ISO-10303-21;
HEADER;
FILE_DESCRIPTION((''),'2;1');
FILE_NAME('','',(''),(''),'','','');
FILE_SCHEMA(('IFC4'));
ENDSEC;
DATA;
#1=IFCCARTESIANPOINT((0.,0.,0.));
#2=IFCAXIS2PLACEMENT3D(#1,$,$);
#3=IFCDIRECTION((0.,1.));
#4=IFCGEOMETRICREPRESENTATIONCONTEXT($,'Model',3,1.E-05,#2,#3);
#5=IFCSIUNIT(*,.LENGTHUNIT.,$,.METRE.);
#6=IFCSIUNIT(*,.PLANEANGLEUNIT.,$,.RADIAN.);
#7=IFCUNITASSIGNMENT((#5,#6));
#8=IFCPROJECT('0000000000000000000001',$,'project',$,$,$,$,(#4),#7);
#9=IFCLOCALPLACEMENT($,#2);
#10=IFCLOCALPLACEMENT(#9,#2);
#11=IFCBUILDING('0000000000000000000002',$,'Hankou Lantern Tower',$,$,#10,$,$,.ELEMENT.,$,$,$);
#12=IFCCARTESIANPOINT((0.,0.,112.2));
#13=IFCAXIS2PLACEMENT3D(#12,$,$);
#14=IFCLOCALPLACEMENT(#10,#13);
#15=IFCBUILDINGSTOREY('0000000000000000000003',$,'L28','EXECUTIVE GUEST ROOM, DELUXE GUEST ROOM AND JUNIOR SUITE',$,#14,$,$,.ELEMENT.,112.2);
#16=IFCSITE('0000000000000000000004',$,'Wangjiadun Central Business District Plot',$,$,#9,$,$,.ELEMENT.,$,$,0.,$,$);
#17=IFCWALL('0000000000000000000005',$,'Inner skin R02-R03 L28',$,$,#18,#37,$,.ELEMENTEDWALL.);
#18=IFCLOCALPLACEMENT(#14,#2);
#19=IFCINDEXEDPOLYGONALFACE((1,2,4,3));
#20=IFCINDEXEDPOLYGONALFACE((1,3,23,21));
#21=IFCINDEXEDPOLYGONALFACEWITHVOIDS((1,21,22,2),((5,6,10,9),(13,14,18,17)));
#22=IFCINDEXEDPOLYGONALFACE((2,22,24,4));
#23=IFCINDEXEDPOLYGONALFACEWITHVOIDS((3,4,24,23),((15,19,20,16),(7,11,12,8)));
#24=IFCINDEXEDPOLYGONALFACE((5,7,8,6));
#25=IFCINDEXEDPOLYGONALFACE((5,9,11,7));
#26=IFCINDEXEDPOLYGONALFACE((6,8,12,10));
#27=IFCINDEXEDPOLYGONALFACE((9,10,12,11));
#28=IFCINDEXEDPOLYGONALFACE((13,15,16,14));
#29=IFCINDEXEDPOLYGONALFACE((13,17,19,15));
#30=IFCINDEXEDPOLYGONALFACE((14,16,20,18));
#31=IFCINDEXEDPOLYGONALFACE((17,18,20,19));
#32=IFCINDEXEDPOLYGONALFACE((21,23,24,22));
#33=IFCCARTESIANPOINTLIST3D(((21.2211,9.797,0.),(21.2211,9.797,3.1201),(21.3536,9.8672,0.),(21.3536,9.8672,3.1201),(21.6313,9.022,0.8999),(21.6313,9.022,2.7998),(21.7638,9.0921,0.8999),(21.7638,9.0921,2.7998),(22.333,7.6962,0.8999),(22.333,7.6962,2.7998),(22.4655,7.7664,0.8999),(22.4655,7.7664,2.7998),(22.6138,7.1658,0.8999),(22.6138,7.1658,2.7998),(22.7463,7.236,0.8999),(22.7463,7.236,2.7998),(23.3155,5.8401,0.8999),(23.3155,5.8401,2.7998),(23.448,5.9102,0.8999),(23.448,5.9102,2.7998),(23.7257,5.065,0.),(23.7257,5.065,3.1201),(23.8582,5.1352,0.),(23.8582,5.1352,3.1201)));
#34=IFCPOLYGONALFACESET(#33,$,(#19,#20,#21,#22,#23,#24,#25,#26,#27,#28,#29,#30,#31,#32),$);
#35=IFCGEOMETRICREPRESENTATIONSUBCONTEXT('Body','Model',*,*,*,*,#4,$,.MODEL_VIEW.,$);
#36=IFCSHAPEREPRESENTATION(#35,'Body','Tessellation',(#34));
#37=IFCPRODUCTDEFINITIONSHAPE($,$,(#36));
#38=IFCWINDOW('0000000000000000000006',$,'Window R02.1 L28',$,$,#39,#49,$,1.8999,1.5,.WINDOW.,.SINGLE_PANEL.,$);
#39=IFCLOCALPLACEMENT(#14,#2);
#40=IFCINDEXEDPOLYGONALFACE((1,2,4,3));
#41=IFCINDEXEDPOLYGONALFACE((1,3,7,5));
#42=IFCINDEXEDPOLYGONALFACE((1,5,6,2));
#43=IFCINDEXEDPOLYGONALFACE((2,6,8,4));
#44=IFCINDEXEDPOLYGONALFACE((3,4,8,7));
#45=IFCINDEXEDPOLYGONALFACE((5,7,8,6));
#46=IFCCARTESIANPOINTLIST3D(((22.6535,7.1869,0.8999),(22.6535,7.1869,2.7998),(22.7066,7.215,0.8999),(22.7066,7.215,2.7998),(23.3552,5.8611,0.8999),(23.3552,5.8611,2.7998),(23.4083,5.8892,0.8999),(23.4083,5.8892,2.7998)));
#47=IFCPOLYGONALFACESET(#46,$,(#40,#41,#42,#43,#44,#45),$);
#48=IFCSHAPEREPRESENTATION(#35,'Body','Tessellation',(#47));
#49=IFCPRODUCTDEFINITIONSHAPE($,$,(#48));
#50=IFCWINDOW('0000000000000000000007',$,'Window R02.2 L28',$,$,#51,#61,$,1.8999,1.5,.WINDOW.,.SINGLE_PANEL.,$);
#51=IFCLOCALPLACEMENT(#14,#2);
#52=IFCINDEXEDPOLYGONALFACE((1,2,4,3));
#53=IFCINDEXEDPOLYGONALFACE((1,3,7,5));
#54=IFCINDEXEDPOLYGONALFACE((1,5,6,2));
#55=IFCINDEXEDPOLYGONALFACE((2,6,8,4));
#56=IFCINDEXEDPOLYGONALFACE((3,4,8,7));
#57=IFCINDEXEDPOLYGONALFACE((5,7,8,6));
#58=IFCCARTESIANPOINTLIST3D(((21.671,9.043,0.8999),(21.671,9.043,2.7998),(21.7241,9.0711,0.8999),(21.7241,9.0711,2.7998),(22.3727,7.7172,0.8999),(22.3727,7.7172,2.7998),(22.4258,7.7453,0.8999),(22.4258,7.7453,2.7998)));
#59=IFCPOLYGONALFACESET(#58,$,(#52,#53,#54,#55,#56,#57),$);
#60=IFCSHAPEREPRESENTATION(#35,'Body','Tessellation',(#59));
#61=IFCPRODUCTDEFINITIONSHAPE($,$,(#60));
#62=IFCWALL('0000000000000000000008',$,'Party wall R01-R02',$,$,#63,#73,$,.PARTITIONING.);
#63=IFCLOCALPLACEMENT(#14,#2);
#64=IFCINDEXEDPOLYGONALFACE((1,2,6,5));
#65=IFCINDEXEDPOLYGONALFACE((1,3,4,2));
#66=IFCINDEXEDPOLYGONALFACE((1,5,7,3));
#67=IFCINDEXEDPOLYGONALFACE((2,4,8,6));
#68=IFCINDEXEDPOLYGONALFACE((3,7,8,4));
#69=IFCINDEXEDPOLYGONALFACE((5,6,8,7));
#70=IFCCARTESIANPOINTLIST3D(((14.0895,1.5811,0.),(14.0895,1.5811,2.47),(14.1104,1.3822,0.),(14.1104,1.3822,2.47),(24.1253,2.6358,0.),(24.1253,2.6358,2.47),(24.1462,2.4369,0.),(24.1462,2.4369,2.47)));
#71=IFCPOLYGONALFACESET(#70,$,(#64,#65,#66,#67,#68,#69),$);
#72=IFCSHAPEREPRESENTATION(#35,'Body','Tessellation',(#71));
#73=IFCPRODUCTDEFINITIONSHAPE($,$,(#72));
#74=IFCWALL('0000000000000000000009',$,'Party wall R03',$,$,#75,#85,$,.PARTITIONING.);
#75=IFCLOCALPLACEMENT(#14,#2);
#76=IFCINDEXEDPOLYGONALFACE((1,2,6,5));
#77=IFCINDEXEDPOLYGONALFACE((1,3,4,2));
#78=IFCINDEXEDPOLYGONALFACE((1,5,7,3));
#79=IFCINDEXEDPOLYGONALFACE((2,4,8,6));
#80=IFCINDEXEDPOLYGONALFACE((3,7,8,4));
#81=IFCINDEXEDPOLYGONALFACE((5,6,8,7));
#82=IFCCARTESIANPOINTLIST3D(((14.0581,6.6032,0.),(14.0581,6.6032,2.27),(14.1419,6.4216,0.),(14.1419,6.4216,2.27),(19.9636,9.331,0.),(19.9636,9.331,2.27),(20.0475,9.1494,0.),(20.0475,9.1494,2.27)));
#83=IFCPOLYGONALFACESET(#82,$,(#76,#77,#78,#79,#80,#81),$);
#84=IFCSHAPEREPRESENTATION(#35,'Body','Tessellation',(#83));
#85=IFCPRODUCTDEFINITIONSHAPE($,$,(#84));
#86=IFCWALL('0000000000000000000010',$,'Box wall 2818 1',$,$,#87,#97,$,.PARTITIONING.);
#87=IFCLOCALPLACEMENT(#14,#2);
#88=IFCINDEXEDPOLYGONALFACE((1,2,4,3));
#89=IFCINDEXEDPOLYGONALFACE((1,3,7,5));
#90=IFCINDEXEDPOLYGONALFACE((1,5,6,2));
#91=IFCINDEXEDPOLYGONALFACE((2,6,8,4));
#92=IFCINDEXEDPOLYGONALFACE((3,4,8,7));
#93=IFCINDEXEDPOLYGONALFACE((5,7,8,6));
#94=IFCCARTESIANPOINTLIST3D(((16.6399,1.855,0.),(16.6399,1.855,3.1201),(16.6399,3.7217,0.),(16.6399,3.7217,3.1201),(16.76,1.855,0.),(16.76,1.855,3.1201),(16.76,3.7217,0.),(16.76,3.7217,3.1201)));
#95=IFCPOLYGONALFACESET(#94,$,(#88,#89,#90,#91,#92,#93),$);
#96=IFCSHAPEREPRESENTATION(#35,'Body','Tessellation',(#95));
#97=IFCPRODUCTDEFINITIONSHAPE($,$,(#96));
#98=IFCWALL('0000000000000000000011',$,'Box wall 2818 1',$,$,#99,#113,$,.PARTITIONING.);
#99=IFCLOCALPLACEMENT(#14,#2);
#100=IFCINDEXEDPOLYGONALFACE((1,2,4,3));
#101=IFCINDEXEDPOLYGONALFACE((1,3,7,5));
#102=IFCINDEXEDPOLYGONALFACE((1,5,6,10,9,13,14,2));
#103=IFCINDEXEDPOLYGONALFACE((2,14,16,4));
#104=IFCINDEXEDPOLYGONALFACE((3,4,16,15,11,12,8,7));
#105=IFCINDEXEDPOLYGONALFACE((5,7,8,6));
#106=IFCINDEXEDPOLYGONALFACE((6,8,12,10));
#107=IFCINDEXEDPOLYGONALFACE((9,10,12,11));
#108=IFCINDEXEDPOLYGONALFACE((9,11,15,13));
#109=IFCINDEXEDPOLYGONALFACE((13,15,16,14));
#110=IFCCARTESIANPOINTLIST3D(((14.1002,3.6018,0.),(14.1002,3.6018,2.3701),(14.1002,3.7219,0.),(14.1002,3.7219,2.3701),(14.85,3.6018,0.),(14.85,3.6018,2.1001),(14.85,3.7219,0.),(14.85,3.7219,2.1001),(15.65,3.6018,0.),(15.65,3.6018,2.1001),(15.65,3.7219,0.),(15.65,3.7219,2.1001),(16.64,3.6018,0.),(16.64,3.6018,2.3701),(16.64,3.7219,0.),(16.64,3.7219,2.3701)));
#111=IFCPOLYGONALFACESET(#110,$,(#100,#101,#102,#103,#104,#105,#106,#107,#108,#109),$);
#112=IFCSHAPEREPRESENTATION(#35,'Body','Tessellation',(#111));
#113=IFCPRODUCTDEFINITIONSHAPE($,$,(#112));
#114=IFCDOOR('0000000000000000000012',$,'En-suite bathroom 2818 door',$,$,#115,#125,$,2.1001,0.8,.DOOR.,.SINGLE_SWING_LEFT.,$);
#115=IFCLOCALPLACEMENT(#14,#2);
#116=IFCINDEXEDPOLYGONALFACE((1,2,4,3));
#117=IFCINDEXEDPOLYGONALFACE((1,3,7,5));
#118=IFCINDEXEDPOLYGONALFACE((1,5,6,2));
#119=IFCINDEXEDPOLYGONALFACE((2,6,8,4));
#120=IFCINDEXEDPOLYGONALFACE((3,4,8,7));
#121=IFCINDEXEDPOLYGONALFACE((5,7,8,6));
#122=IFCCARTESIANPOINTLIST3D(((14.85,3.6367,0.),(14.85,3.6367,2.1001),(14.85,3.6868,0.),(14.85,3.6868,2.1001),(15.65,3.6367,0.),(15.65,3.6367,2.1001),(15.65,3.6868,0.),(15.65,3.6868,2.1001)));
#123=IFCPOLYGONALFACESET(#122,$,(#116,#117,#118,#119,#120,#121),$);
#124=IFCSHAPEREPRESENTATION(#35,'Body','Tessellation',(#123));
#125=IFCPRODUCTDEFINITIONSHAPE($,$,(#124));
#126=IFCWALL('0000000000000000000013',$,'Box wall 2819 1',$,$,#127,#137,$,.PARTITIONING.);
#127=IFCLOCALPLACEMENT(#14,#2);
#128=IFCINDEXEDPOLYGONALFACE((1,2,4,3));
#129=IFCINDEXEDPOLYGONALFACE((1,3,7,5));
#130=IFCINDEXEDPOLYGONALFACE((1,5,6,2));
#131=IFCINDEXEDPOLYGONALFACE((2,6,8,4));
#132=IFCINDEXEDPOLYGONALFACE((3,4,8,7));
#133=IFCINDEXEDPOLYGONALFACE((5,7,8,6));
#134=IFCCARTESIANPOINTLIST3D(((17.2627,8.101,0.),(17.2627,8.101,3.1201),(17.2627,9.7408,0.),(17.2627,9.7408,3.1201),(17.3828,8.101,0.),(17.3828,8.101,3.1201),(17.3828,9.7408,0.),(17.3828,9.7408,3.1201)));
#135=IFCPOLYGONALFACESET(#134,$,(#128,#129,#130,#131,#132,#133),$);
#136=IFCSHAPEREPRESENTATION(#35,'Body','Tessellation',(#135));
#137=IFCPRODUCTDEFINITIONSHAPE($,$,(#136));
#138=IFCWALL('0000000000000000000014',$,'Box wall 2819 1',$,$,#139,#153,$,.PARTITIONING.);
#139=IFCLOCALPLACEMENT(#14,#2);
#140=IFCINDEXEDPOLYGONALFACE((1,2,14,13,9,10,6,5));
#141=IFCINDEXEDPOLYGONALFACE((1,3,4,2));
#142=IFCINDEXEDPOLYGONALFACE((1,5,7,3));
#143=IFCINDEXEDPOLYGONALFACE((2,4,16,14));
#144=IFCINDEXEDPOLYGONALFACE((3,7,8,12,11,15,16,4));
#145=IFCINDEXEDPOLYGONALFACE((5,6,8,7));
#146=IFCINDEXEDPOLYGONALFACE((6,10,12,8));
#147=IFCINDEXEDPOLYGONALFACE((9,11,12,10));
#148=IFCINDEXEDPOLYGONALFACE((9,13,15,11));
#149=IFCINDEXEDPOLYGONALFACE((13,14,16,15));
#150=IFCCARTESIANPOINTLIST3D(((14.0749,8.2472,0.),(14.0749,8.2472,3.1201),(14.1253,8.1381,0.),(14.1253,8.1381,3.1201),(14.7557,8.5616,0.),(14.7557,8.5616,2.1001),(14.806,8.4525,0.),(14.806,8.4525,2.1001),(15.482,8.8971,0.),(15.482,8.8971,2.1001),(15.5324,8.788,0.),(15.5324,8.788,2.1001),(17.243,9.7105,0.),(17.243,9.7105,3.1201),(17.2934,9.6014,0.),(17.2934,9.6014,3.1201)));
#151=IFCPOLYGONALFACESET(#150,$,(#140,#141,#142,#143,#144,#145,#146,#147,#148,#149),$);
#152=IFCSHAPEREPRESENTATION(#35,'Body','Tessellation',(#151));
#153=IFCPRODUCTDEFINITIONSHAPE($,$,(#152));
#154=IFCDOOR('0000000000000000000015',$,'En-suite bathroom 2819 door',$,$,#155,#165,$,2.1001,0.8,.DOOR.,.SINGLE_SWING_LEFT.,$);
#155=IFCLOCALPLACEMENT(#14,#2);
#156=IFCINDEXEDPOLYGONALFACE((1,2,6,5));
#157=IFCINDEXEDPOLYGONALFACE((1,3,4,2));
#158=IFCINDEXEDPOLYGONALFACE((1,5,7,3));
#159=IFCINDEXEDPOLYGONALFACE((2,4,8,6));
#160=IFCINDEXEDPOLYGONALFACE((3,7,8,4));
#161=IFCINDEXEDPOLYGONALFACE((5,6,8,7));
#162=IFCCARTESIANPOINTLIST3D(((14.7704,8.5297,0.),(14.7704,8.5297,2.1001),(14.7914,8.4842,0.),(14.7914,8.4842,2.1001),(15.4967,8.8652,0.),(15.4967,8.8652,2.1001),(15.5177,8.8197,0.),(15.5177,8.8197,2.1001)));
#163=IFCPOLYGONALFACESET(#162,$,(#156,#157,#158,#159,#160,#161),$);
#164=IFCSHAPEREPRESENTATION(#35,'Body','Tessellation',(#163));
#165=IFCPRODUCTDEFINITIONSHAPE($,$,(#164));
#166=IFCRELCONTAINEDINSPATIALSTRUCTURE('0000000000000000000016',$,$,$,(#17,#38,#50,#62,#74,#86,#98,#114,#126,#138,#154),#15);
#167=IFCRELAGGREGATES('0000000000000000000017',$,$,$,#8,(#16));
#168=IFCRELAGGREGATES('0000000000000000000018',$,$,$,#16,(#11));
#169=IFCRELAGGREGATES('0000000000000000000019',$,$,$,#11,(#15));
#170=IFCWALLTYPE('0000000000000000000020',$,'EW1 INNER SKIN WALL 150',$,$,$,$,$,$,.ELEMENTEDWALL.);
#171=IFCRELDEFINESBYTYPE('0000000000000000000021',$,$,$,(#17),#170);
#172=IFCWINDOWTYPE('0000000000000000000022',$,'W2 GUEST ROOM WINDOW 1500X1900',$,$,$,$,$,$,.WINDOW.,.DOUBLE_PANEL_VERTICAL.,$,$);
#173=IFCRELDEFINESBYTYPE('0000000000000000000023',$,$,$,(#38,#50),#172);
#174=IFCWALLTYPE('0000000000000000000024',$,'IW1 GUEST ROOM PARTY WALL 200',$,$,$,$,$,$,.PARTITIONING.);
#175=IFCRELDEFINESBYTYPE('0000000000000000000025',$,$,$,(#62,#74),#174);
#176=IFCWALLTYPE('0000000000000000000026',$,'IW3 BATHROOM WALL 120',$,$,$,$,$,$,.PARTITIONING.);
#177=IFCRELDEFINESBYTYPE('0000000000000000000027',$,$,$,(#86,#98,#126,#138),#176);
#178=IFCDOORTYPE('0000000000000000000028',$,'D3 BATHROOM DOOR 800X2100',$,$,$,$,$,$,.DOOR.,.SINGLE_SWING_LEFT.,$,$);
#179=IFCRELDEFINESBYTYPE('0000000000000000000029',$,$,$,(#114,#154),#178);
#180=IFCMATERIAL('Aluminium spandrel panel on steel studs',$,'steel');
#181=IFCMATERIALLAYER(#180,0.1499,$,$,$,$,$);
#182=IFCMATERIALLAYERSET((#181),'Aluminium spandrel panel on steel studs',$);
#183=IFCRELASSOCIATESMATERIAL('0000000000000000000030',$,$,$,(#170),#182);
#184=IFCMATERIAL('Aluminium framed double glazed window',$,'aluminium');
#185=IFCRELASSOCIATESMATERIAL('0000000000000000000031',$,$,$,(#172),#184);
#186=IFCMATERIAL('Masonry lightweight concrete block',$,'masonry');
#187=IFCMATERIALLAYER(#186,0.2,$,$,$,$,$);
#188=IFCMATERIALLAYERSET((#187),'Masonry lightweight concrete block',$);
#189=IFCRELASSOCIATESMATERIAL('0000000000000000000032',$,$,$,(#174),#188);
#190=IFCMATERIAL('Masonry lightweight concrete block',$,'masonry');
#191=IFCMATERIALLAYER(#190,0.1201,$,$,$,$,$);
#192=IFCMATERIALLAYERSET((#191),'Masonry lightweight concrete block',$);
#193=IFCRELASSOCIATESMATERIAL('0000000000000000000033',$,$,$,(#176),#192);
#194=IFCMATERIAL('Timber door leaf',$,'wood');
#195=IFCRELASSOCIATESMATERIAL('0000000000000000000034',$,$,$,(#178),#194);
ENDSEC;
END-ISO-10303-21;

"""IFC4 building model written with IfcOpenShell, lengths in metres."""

from ifc_helpers import new_model, si_unit, direction, frame, frame_2d, origin, place, context, subcontext, project, spatial, rectangle, extrude, material, layer, layer_set, type_object, element, fill, save


model = new_model("IFC4")

# Units and contexts
model_context = context("Model", 3, precision=1e-05, world=origin(), true_north=direction((0.0, 1.0)))
body_context = subcontext(model_context, "Body", "Model", "MODEL_VIEW")
ifc_project = project(units=[si_unit("LENGTHUNIT", "METRE"), si_unit("PLANEANGLEUNIT", "RADIAN")], contexts=[model_context])

# Site, building, storey
site_placement = place(None, origin())
site = spatial("IfcSite", under=ifc_project, at=site_placement, Name="Wangjiadun Central Business District Plot", CompositionType="ELEMENT", RefElevation=0.0)
building_placement = place(site_placement, origin())
building = spatial("IfcBuilding", under=site, at=building_placement, Name="Hankou Lantern Tower", CompositionType="ELEMENT")
storey_placement = place(building_placement, frame((0.0, 0.0, 112.2)))
storey = spatial("IfcBuildingStorey", under=building, at=storey_placement, Name="L28", Description="EXECUTIVE GUEST ROOM, DELUXE GUEST ROOM AND JUNIOR SUITE", CompositionType="ELEMENT", Elevation=112.2)

# Wall, openings, windows
ifc_material_1 = material(Name="Aluminium spandrel panel on steel studs", Category="steel")
ifc_layer_1 = layer(ifc_material_1, 0.1499)
ifc_layer_set_1 = layer_set([ifc_layer_1], Name="Aluminium spandrel panel on steel studs")
wall_type_1 = type_object("IfcWallType", Name="EW1 INNER SKIN WALL 150", PredefinedType="ELEMENTEDWALL", material=ifc_layer_set_1)
ifc_material_2 = material(Name="Aluminium framed double glazed window", Category="aluminium")
window_type = type_object("IfcWindowType", Name="W2 GUEST ROOM WINDOW 1500X1900", PartitioningType="DOUBLE_PANEL_VERTICAL", PredefinedType="WINDOW", material=ifc_material_2)
wall_1_placement = place(storey_placement, frame((23.792, 5.1001, 0.0), z_axis=(0.0, 0.0, 1.0), x_axis=(-0.467814, 0.883827, 0.0)))
wall_1 = element("IfcWall", 1, at=wall_1_placement, inside=storey, type_object=wall_type_1, Name="Inner skin R02-R03 L28", PredefinedType="ELEMENTEDWALL", context=body_context, shape_type="SweptSolid", body=[
    extrude(rectangle(XDim=5.354, YDim=0.1499, at=frame_2d((2.677, 0.0))), origin(), (0.0, 0.0, 1.0), 3.1201),
])
opening_1_placement = place(wall_1_placement, frame((0.877, 0.0, 0.8999)))
opening_1 = element("IfcOpeningElement", 2, at=opening_1_placement, cuts=wall_1, PredefinedType="OPENING", context=body_context, shape_type="SweptSolid", body=[
    extrude(rectangle(XDim=1.5, YDim=1.8999, at=frame_2d((0.75, 0.95))), frame((0.0, 0.085, 0.0), z_axis=(0.0, -1.0, 0.0), x_axis=(1.0, 0.0, 0.0)), (0.0, 0.0, 1.0), 0.1699),
])
opening_2_placement = place(wall_1_placement, frame((2.9771, 0.0, 0.8999)))
opening_2 = element("IfcOpeningElement", 3, at=opening_2_placement, cuts=wall_1, PredefinedType="OPENING", context=body_context, shape_type="SweptSolid", body=[
    extrude(rectangle(XDim=1.5, YDim=1.8999, at=frame_2d((0.75, 0.95))), frame((0.0, 0.085, 0.0), z_axis=(0.0, -1.0, 0.0), x_axis=(1.0, 0.0, 0.0)), (0.0, 0.0, 1.0), 0.1699),
])
window_1_placement = place(opening_1_placement, origin())
window_1 = element("IfcWindow", 4, at=window_1_placement, inside=storey, type_object=window_type, Name="Window R02.1 L28", OverallHeight=1.8999, OverallWidth=1.5, PartitioningType="SINGLE_PANEL", PredefinedType="WINDOW", context=body_context, shape_type="SweptSolid", body=[
    extrude(rectangle(XDim=1.5, YDim=1.8999, at=frame_2d((0.75, 0.95))), frame((0.0, 0.03, 0.0), z_axis=(0.0, -1.0, 0.0), x_axis=(1.0, 0.0, 0.0)), (0.0, 0.0, 1.0), 0.0601),
])
fill(opening_1, window_1)
window_2_placement = place(opening_2_placement, origin())
window_2 = element("IfcWindow", 5, at=window_2_placement, inside=storey, type_object=window_type, Name="Window R02.2 L28", OverallHeight=1.8999, OverallWidth=1.5, PartitioningType="SINGLE_PANEL", PredefinedType="WINDOW", context=body_context, shape_type="SweptSolid", body=[
    extrude(rectangle(XDim=1.5, YDim=1.8999, at=frame_2d((0.75, 0.95))), frame((0.0, 0.03, 0.0), z_axis=(0.0, -1.0, 0.0), x_axis=(1.0, 0.0, 0.0)), (0.0, 0.0, 1.0), 0.0601),
])
fill(opening_2, window_2)

# Walls
ifc_material_3 = material(Name="Masonry lightweight concrete block", Category="masonry")
ifc_layer_2 = layer(ifc_material_3, 0.2)
ifc_layer_set_2 = layer_set([ifc_layer_2], Name="Masonry lightweight concrete block")
wall_type_2 = type_object("IfcWallType", Name="IW1 GUEST ROOM PARTY WALL 200", PredefinedType="PARTITIONING", material=ifc_layer_set_2)
wall_2_placement = place(storey_placement, frame((14.1001, 1.4817, 0.0), z_axis=(0.0, 0.0, 1.0), x_axis=(0.994523, 0.104516, 0.0)))
element("IfcWall", 6, at=wall_2_placement, inside=storey, type_object=wall_type_2, Name="Party wall R01-R02", PredefinedType="PARTITIONING", context=body_context, shape_type="SweptSolid", body=[
    extrude(rectangle(XDim=10.0911, YDim=0.2, at=frame_2d((5.0454, 0.0))), origin(), (0.0, 0.0, 1.0), 2.47),
])
wall_3_placement = place(storey_placement, frame((14.1001, 6.5125, 0.0), z_axis=(0.0, 0.0, 1.0), x_axis=(0.907833, 0.419332, 0.0)))
element("IfcWall", 7, at=wall_3_placement, inside=storey, type_object=wall_type_2, Name="Party wall R03", PredefinedType="PARTITIONING", context=body_context, shape_type="SweptSolid", body=[
    extrude(rectangle(XDim=6.5051, YDim=0.2, at=frame_2d((3.2524, 0.0))), origin(), (0.0, 0.0, 1.0), 2.27),
])
ifc_material_4 = material(Name="Masonry lightweight concrete block", Category="masonry")
ifc_layer_3 = layer(ifc_material_4, 0.1201)
ifc_layer_set_3 = layer_set([ifc_layer_3], Name="Masonry lightweight concrete block")
wall_type_3 = type_object("IfcWallType", Name="IW3 BATHROOM WALL 120", PredefinedType="PARTITIONING", material=ifc_layer_set_3)
wall_4_placement = place(storey_placement, frame((16.7, 1.855, 0.0), z_axis=(0.0, 0.0, 1.0), x_axis=(0.0, 1.0, 0.0)))
element("IfcWall", 8, at=wall_4_placement, inside=storey, type_object=wall_type_3, Name="Box wall 2818 1", PredefinedType="PARTITIONING", context=body_context, shape_type="SweptSolid", body=[
    extrude(rectangle(XDim=1.8667, YDim=0.1201, at=frame_2d((0.9333, 0.0))), origin(), (0.0, 0.0, 1.0), 3.1201),
])

# Wall, opening, door
wall_5_placement = place(storey_placement, frame((14.1001, 3.6619, 0.0), z_axis=(0.0, 0.0, 1.0), x_axis=(1.0, 0.0, 0.0)))
wall_5 = element("IfcWall", 9, at=wall_5_placement, inside=storey, type_object=wall_type_3, Name="Box wall 2818 1", PredefinedType="PARTITIONING", context=body_context, shape_type="SweptSolid", body=[
    extrude(rectangle(XDim=2.5398, YDim=0.1201, at=frame_2d((1.27, 0.0))), origin(), (0.0, 0.0, 1.0), 2.3701),
])
opening_3_placement = place(wall_5_placement, frame((0.75, 0.0, 0.0)))
opening_3 = element("IfcOpeningElement", 10, at=opening_3_placement, cuts=wall_5, PredefinedType="OPENING", context=body_context, shape_type="SweptSolid", body=[
    extrude(rectangle(XDim=0.8, YDim=2.1001, at=frame_2d((0.3999, 1.05))), frame((0.0, 0.0701, 0.0), z_axis=(0.0, -1.0, 0.0), x_axis=(1.0, 0.0, 0.0)), (0.0, 0.0, 1.0), 0.1401),
])
ifc_material_5 = material(Name="Timber door leaf", Category="wood")
door_type = type_object("IfcDoorType", Name="D3 BATHROOM DOOR 800X2100", OperationType="SINGLE_SWING_LEFT", PredefinedType="DOOR", material=ifc_material_5)
door_1_placement = place(opening_3_placement, origin())
door_1 = element("IfcDoor", 11, at=door_1_placement, inside=storey, type_object=door_type, Name="En-suite bathroom 2818 door", OperationType="SINGLE_SWING_LEFT", OverallHeight=2.1001, OverallWidth=0.8, PredefinedType="DOOR", context=body_context, shape_type="SweptSolid", body=[
    extrude(rectangle(XDim=0.8, YDim=2.1001, at=frame_2d((0.3999, 1.05))), frame((0.0, 0.0249, 0.0), z_axis=(0.0, -1.0, 0.0), x_axis=(1.0, 0.0, 0.0)), (0.0, 0.0, 1.0), 0.05),
])
fill(opening_3, door_1)

# Wall
wall_6_placement = place(storey_placement, frame((17.3228, 8.1011, 0.0), z_axis=(0.0, 0.0, 1.0), x_axis=(0.0, 1.0, 0.0)))
element("IfcWall", 12, at=wall_6_placement, inside=storey, type_object=wall_type_3, Name="Box wall 2819 1", PredefinedType="PARTITIONING", context=body_context, shape_type="SweptSolid", body=[
    extrude(rectangle(XDim=1.6399, YDim=0.1201, at=frame_2d((0.8198, 0.0))), origin(), (0.0, 0.0, 1.0), 3.1201),
])

# Wall, opening, door
wall_7_placement = place(storey_placement, frame((14.1001, 8.1926, 0.0), z_axis=(0.0, 0.0, 1.0), x_axis=(0.907836, 0.419324, 0.0)))
wall_7 = element("IfcWall", 13, at=wall_7_placement, inside=storey, type_object=wall_type_3, Name="Box wall 2819 1", PredefinedType="PARTITIONING", context=body_context, shape_type="SweptSolid", body=[
    extrude(rectangle(XDim=3.4897, YDim=0.1201, at=frame_2d((1.7449, 0.0))), origin(), (0.0, 0.0, 1.0), 3.1201),
])
opening_4_placement = place(wall_7_placement, frame((0.75, 0.0, 0.0)))
opening_4 = element("IfcOpeningElement", 14, at=opening_4_placement, cuts=wall_7, PredefinedType="OPENING", context=body_context, shape_type="SweptSolid", body=[
    extrude(rectangle(XDim=0.8, YDim=2.1001, at=frame_2d((0.3999, 1.05))), frame((0.0, 0.0701, 0.0), z_axis=(0.0, -1.0, 0.0), x_axis=(1.0, 0.0, 0.0)), (0.0, 0.0, 1.0), 0.1401),
])
door_2_placement = place(opening_4_placement, origin())
door_2 = element("IfcDoor", 15, at=door_2_placement, inside=storey, type_object=door_type, Name="En-suite bathroom 2819 door", OperationType="SINGLE_SWING_LEFT", OverallHeight=2.1001, OverallWidth=0.8, PredefinedType="DOOR", context=body_context, shape_type="SweptSolid", body=[
    extrude(rectangle(XDim=0.8, YDim=2.1001, at=frame_2d((0.3999, 1.05))), frame((0.0, 0.0249, 0.0), z_axis=(0.0, -1.0, 0.0), x_axis=(1.0, 0.0, 0.0)), (0.0, 0.0, 1.0), 0.05),
])
fill(opening_4, door_2)

save(model, "model.ifc")
